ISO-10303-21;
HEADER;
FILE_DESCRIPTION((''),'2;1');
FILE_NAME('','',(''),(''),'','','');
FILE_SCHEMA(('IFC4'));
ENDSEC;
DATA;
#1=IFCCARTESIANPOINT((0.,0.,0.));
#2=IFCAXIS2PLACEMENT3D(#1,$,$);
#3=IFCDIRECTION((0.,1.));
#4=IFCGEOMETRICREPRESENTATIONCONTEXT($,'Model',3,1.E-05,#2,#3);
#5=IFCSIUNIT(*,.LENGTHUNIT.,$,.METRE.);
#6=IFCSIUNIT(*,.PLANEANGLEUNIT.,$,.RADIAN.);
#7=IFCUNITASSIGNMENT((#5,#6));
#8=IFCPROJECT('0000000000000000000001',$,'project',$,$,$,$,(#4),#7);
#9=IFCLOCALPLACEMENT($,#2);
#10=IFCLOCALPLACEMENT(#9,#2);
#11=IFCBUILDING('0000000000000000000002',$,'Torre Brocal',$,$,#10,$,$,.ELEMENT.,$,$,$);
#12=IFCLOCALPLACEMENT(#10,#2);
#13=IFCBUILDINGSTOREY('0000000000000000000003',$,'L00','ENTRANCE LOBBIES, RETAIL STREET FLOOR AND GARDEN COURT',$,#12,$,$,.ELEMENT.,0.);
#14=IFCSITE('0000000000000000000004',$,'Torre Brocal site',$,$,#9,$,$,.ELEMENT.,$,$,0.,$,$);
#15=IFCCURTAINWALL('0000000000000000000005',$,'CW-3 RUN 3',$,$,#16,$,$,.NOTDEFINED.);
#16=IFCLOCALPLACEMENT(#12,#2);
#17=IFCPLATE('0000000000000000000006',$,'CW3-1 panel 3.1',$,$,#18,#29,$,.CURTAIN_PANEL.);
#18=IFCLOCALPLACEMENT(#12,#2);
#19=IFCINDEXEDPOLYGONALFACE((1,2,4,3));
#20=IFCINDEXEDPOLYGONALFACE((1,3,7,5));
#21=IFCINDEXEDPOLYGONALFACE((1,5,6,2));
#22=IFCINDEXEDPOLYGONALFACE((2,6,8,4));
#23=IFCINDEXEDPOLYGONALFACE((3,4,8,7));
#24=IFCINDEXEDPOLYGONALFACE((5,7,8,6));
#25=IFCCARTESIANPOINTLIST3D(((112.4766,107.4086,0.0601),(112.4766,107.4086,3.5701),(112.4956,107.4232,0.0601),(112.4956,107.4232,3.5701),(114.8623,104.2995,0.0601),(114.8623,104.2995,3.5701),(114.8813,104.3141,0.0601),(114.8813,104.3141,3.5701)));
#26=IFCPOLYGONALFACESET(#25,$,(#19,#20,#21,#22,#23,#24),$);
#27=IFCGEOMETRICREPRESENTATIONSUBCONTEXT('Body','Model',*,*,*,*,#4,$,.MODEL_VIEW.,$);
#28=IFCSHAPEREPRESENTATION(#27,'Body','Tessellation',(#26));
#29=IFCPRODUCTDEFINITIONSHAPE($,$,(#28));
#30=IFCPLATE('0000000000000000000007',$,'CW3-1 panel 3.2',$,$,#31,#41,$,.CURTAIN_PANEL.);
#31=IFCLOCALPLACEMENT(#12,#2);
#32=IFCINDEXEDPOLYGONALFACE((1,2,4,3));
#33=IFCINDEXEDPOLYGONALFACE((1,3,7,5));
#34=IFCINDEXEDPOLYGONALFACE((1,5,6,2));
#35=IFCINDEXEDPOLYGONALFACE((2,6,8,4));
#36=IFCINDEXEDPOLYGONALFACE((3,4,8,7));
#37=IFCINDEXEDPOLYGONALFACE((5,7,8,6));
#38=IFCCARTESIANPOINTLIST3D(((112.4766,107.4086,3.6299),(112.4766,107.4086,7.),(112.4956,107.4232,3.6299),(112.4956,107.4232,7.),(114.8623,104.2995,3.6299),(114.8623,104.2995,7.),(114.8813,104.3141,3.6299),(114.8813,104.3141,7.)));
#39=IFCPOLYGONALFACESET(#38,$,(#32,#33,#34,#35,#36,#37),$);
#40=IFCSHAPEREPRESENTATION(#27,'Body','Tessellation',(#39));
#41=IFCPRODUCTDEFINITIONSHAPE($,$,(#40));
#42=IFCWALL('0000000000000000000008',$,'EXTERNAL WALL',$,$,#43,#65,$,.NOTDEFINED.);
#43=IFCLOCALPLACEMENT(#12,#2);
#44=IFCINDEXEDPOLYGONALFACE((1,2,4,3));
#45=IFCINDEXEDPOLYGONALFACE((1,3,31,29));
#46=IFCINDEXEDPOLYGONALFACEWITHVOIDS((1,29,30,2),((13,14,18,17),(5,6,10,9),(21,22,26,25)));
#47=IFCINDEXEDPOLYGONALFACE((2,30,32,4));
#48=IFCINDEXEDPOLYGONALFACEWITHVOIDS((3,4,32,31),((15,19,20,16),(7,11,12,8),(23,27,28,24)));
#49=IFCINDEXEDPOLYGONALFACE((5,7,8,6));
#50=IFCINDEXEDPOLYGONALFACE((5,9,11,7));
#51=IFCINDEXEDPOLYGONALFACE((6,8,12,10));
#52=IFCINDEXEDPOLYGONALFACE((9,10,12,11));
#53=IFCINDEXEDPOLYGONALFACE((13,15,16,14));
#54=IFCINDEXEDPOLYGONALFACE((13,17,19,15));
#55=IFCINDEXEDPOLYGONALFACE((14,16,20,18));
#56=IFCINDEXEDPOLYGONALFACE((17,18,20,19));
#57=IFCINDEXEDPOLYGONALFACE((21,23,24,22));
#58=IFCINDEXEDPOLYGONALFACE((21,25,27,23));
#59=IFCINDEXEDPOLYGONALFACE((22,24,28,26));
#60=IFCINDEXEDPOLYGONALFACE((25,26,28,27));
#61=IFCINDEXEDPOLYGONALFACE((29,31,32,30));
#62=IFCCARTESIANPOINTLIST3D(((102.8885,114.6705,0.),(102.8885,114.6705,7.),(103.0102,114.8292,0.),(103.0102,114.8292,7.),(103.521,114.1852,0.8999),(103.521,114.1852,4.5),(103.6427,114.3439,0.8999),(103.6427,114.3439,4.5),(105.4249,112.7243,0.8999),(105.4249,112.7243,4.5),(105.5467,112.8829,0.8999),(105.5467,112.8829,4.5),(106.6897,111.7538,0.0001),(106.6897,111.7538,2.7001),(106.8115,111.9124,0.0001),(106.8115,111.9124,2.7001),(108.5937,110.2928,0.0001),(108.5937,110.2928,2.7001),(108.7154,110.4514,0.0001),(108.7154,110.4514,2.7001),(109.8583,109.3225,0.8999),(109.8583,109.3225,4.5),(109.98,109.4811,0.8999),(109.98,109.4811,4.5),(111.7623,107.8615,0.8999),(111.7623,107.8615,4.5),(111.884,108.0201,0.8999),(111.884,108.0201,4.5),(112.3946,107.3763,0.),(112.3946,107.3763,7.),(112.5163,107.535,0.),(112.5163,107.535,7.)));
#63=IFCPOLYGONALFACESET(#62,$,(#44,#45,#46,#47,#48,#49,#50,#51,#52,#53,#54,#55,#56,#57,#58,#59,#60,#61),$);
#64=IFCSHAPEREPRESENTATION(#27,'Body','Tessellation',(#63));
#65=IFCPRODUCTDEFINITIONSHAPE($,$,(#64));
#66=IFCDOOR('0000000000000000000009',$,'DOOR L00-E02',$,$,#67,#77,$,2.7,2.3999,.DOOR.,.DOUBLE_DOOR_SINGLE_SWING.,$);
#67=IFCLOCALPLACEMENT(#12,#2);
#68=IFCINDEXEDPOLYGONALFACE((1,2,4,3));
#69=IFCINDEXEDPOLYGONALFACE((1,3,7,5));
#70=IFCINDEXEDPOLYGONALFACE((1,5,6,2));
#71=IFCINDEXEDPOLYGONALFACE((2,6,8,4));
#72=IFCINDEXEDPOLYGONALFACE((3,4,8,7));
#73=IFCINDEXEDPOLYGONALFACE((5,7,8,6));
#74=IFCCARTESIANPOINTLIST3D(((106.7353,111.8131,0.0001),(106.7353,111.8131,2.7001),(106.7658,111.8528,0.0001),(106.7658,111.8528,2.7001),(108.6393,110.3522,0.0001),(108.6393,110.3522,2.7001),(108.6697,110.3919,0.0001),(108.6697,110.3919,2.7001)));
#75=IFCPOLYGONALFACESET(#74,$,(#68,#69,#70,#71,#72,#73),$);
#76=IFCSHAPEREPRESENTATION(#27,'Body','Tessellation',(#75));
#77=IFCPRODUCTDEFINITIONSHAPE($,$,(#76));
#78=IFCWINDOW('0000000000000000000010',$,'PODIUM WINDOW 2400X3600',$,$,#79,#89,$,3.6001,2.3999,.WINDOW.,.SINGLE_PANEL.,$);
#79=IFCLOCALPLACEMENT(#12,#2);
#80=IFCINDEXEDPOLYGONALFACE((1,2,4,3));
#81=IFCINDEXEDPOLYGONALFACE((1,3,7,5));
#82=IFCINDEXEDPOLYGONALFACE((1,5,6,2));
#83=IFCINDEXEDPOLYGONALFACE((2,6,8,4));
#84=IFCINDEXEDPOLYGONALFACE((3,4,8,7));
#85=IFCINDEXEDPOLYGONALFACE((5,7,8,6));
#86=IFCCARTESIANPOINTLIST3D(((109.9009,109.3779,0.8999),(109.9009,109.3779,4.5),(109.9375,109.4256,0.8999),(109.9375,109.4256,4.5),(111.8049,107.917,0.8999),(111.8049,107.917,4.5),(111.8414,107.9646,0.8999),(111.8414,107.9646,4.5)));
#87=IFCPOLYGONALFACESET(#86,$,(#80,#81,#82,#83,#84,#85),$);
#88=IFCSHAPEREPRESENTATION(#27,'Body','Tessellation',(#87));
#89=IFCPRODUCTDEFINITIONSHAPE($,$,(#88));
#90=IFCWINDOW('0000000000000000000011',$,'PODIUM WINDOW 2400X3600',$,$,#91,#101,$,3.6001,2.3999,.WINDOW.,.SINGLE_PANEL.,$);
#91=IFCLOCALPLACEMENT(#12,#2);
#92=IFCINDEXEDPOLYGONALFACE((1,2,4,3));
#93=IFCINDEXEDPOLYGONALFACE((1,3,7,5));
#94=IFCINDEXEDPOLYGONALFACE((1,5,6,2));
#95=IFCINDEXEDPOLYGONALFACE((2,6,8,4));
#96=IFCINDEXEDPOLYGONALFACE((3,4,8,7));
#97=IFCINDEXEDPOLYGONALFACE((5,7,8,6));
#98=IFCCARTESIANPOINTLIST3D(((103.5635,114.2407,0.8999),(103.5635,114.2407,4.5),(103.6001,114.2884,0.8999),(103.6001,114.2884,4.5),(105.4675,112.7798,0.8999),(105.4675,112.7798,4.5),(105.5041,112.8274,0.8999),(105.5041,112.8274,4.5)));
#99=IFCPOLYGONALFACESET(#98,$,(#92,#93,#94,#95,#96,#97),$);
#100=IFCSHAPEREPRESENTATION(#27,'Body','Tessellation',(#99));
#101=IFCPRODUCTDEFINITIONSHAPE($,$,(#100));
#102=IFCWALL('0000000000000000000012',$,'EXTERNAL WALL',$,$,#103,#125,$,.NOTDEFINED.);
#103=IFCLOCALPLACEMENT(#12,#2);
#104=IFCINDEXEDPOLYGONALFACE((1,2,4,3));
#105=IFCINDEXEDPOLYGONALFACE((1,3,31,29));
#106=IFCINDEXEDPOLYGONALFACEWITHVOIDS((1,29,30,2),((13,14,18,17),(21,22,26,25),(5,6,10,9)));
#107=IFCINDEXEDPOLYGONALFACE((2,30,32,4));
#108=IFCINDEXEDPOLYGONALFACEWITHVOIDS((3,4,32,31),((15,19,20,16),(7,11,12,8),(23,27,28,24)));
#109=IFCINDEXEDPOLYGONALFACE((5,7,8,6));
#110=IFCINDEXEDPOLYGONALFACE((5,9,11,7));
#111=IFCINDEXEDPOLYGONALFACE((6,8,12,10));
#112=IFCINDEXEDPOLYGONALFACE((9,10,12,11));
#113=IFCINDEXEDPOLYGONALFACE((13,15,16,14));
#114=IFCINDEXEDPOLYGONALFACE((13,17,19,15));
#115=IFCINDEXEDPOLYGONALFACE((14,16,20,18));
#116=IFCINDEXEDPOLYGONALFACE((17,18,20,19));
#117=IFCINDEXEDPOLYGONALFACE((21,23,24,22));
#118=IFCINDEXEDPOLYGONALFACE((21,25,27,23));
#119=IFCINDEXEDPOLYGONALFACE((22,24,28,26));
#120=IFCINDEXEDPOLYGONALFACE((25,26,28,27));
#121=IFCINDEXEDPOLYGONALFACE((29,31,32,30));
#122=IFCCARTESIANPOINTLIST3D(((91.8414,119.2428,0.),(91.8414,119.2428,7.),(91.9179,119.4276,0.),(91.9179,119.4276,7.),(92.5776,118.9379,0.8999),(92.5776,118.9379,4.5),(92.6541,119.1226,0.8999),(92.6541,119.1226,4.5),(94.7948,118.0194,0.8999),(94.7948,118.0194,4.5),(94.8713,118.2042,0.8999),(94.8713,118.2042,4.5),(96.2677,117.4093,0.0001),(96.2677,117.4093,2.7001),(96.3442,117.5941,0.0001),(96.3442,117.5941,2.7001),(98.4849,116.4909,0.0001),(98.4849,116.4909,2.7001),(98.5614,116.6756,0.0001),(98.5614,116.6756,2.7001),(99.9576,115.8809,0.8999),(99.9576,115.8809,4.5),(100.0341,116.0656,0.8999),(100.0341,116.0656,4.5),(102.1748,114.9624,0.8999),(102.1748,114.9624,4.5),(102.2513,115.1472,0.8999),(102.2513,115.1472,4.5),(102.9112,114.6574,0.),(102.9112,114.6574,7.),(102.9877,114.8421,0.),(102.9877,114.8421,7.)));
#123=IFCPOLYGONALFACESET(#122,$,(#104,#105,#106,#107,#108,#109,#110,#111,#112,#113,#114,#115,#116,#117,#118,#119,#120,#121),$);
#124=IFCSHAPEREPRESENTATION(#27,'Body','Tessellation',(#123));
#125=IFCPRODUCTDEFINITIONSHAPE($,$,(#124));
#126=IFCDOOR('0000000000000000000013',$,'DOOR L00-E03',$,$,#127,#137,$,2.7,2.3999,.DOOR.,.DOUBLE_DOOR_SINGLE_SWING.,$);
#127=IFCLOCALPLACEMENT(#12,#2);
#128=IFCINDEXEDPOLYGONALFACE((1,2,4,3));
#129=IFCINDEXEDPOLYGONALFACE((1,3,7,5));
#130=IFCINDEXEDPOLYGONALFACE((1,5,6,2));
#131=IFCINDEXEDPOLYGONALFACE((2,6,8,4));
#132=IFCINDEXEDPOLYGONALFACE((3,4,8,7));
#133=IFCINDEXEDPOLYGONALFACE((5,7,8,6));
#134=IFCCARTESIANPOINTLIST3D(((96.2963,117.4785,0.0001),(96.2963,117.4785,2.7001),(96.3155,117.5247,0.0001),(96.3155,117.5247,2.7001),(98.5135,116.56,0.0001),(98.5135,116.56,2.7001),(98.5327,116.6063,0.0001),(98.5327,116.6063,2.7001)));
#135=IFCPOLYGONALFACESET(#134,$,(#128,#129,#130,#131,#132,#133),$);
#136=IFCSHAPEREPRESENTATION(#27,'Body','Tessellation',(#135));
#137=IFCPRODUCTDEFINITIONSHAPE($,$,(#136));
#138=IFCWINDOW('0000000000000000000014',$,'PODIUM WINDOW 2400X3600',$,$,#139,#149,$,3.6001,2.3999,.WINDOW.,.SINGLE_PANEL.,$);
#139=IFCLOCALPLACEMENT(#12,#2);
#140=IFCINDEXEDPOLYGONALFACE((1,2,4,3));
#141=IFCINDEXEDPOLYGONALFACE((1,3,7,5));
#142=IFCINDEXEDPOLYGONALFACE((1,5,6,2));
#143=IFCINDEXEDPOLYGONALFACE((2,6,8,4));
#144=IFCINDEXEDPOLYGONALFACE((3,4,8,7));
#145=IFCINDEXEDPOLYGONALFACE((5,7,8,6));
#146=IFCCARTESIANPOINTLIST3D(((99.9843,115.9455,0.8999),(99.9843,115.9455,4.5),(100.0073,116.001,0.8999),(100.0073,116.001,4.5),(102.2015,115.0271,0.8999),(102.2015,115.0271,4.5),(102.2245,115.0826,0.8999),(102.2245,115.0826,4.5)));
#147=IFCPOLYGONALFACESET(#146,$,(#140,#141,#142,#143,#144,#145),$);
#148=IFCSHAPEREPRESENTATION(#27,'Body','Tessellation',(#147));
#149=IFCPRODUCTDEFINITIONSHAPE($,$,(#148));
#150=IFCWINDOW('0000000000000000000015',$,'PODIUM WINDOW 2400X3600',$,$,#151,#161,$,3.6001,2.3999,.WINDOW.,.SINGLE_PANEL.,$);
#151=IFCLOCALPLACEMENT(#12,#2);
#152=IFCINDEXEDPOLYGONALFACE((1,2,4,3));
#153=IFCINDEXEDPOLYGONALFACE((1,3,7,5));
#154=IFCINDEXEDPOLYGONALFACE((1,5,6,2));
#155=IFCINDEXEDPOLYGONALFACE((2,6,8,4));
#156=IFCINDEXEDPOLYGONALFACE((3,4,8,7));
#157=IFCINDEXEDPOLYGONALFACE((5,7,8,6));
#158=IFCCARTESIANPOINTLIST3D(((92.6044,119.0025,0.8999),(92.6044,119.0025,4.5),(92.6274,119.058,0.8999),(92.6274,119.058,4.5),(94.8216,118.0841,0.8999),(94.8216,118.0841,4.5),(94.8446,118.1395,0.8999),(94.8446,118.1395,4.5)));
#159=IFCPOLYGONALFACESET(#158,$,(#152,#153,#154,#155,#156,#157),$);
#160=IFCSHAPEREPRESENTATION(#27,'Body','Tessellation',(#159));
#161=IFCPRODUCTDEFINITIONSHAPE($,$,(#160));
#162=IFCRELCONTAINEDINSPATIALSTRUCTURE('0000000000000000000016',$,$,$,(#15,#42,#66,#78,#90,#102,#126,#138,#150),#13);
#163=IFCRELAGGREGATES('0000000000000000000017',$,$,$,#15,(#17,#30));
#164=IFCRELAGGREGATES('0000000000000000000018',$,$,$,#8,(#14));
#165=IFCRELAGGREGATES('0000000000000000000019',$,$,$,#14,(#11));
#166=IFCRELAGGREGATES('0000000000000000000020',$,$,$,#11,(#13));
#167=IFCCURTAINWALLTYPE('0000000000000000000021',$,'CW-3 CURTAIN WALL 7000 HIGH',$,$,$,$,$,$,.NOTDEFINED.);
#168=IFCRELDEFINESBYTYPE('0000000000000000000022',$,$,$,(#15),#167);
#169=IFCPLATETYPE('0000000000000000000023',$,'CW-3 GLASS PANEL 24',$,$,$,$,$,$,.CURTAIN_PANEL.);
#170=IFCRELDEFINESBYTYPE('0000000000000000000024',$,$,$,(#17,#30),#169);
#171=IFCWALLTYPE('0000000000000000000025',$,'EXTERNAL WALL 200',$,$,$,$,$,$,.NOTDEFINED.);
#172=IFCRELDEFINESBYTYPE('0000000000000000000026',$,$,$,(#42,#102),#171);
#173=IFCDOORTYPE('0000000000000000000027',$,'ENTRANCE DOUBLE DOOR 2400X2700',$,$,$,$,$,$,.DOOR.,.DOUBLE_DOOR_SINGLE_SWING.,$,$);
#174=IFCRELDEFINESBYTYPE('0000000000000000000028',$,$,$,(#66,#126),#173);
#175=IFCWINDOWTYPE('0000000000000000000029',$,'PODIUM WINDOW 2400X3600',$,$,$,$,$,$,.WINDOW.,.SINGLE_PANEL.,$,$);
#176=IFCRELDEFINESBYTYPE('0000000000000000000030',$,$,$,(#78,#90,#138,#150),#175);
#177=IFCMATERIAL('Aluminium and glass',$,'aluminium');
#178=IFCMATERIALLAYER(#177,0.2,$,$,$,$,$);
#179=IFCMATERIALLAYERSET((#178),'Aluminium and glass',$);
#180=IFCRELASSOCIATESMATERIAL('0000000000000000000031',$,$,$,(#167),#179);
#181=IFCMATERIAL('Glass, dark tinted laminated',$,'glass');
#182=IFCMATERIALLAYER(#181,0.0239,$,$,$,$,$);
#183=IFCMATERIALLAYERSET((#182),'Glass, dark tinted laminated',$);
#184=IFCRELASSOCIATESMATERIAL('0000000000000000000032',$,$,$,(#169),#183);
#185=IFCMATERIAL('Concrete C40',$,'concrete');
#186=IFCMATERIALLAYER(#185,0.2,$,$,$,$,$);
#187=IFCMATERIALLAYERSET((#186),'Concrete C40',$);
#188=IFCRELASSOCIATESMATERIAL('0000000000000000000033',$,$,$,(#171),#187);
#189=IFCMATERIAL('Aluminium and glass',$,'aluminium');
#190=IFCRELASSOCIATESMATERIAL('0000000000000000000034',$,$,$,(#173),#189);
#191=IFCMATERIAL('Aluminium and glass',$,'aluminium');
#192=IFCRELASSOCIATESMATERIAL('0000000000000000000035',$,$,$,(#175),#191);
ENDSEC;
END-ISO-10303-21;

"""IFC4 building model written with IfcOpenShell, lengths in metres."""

from ifc_helpers import new_model, si_unit, direction, frame, frame_2d, origin, origin_2d, place, context, subcontext, project, spatial, rectangle, extrude, material, layer, layer_set, type_object, element, fill, aggregate, save


model = new_model("IFC4")

# Units and contexts
model_context = context("Model", 3, precision=1e-05, world=origin(), true_north=direction((0.0, 1.0)))
body_context = subcontext(model_context, "Body", "Model", "MODEL_VIEW")
ifc_project = project(units=[si_unit("LENGTHUNIT", "METRE"), si_unit("PLANEANGLEUNIT", "RADIAN")], contexts=[model_context])

# Site, building, storey
site_placement = place(None, origin())
site = spatial("IfcSite", under=ifc_project, at=site_placement, Name="Torre Brocal site", CompositionType="ELEMENT", RefElevation=0.0)
building_placement = place(site_placement, origin())
building = spatial("IfcBuilding", under=site, at=building_placement, Name="Torre Brocal", CompositionType="ELEMENT")
storey_placement = place(building_placement, origin())
storey = spatial("IfcBuildingStorey", under=building, at=storey_placement, Name="L00", Description="ENTRANCE LOBBIES, RETAIL STREET FLOOR AND GARDEN COURT", CompositionType="ELEMENT", Elevation=0.0)

# Curtain wall
ifc_material_1 = material(Name="Aluminium and glass", Category="aluminium")
ifc_layer_1 = layer(ifc_material_1, 0.2)
ifc_layer_set_1 = layer_set([ifc_layer_1], Name="Aluminium and glass")
curtain_wall_type = type_object("IfcCurtainWallType", Name="CW-3 CURTAIN WALL 7000 HIGH", PredefinedType="NOTDEFINED", material=ifc_layer_set_1)
curtain_wall_placement = place(storey_placement, origin())
curtain_wall = element("IfcCurtainWall", 1, at=curtain_wall_placement, inside=storey, type_object=curtain_wall_type, Name="CW-3 RUN 3", PredefinedType="NOTDEFINED")

# Plates
ifc_material_2 = material(Name="Glass, dark tinted laminated", Category="glass")
ifc_layer_2 = layer(ifc_material_2, 0.0239)
ifc_layer_set_2 = layer_set([ifc_layer_2], Name="Glass, dark tinted laminated")
plate_type = type_object("IfcPlateType", Name="CW-3 GLASS PANEL 24", PredefinedType="CURTAIN_PANEL", material=ifc_layer_set_2)
plate_1_placement = place(storey_placement, frame((113.679, 105.8613, 0.0601), z_axis=(0.0, 0.0, 1.0), x_axis=(-0.608761, 0.793353, 0.0)))
plate_1 = element("IfcPlate", 2, at=plate_1_placement, type_object=plate_type, Name="CW3-1 panel 3.1", PredefinedType="CURTAIN_PANEL", context=body_context, shape_type="SweptSolid", body=[
    extrude(rectangle(XDim=3.9189, YDim=0.0239, at=origin_2d()), origin(), (0.0, 0.0, 1.0), 3.51),
])
plate_2_placement = place(storey_placement, frame((113.679, 105.8613, 3.6299), z_axis=(0.0, 0.0, 1.0), x_axis=(-0.608761, 0.793353, 0.0)))
plate_2 = element("IfcPlate", 3, at=plate_2_placement, type_object=plate_type, Name="CW3-1 panel 3.2", PredefinedType="CURTAIN_PANEL", context=body_context, shape_type="SweptSolid", body=[
    extrude(rectangle(XDim=3.9189, YDim=0.0239, at=origin_2d()), origin(), (0.0, 0.0, 1.0), 3.3701),
])
aggregate(curtain_wall, [plate_1, plate_2])

# Walls, openings, doors, windows
ifc_material_3 = material(Name="Concrete C40", Category="concrete")
ifc_layer_3 = layer(ifc_material_3, 0.2)
ifc_layer_set_3 = layer_set([ifc_layer_3], Name="Concrete C40")
wall_type = type_object("IfcWallType", Name="EXTERNAL WALL 200", PredefinedType="NOTDEFINED", material=ifc_layer_set_3)
wall_1_placement = place(storey_placement, frame((112.4556, 107.4556, 0.0), z_axis=(0.0, 0.0, 1.0), x_axis=(-0.793357, 0.608756, 0.0)))
wall_1 = element("IfcWall", 4, at=wall_1_placement, inside=storey, type_object=wall_type, Name="EXTERNAL WALL", PredefinedType="NOTDEFINED", context=body_context, shape_type="SweptSolid", body=[
    extrude(rectangle(XDim=11.9822, YDim=0.2, at=frame_2d((5.9912, 0.0))), origin(), (0.0, 0.0, 1.0), 7.0),
])
opening_1_placement = place(wall_1_placement, frame((0.7971, 0.0, 0.8999)))
opening_1 = element("IfcOpeningElement", 5, at=opening_1_placement, cuts=wall_1, PredefinedType="OPENING", context=body_context, shape_type="SweptSolid", body=[
    extrude(rectangle(XDim=2.3999, YDim=3.6001, at=frame_2d((1.2, 1.8))), frame((0.0, 0.1099, 0.0), z_axis=(0.0, -1.0, 0.0), x_axis=(1.0, 0.0, 0.0)), (0.0, 0.0, 1.0), 0.22),
])
opening_2_placement = place(wall_1_placement, frame((4.791, 0.0, 0.0)))
opening_2 = element("IfcOpeningElement", 6, at=opening_2_placement, cuts=wall_1, PredefinedType="OPENING", context=body_context, shape_type="SweptSolid", body=[
    extrude(rectangle(XDim=2.3999, YDim=2.7, at=frame_2d((1.2, 1.3501))), frame((0.0, 0.1099, 0.0), z_axis=(0.0, -1.0, 0.0), x_axis=(1.0, 0.0, 0.0)), (0.0, 0.0, 1.0), 0.22),
])
opening_3_placement = place(wall_1_placement, frame((8.7852, 0.0, 0.8999)))
opening_3 = element("IfcOpeningElement", 7, at=opening_3_placement, cuts=wall_1, PredefinedType="OPENING", context=body_context, shape_type="SweptSolid", body=[
    extrude(rectangle(XDim=2.3999, YDim=3.6001, at=frame_2d((1.2, 1.8))), frame((0.0, 0.1099, 0.0), z_axis=(0.0, -1.0, 0.0), x_axis=(1.0, 0.0, 0.0)), (0.0, 0.0, 1.0), 0.22),
])
ifc_material_4 = material(Name="Aluminium and glass", Category="aluminium")
door_type = type_object("IfcDoorType", Name="ENTRANCE DOUBLE DOOR 2400X2700", OperationType="DOUBLE_DOOR_SINGLE_SWING", PredefinedType="DOOR", material=ifc_material_4)
door_1_placement = place(opening_2_placement, frame((2.3999, 0.0, 0.0), z_axis=(0.0, 0.0, 1.0), x_axis=(-1.0, 0.0, 0.0)))
door_1 = element("IfcDoor", 8, at=door_1_placement, inside=storey, type_object=door_type, Name="DOOR L00-E02", OperationType="DOUBLE_DOOR_SINGLE_SWING", OverallHeight=2.7, OverallWidth=2.3999, PredefinedType="DOOR", context=body_context, shape_type="SweptSolid", body=[
    extrude(rectangle(XDim=2.3999, YDim=2.7, at=frame_2d((1.2, 1.3501))), frame((0.0, 0.0249, 0.0), z_axis=(0.0, -1.0, 0.0), x_axis=(1.0, 0.0, 0.0)), (0.0, 0.0, 1.0), 0.05),
])
fill(opening_2, door_1)
ifc_material_5 = material(Name="Aluminium and glass", Category="aluminium")
window_type = type_object("IfcWindowType", Name="PODIUM WINDOW 2400X3600", PartitioningType="SINGLE_PANEL", PredefinedType="WINDOW", material=ifc_material_5)
window_1_placement = place(opening_1_placement, origin())
window_1 = element("IfcWindow", 9, at=window_1_placement, inside=storey, type_object=window_type, Name="PODIUM WINDOW 2400X3600", OverallHeight=3.6001, OverallWidth=2.3999, PartitioningType="SINGLE_PANEL", PredefinedType="WINDOW", context=body_context, shape_type="SweptSolid", body=[
    extrude(rectangle(XDim=2.3999, YDim=3.6001, at=frame_2d((1.2, 1.8))), frame((0.0, 0.03, 0.0), z_axis=(0.0, -1.0, 0.0), x_axis=(1.0, 0.0, 0.0)), (0.0, 0.0, 1.0), 0.0601),
])
fill(opening_1, window_1)
window_2_placement = place(opening_3_placement, origin())
window_2 = element("IfcWindow", 10, at=window_2_placement, inside=storey, type_object=window_type, Name="PODIUM WINDOW 2400X3600", OverallHeight=3.6001, OverallWidth=2.3999, PartitioningType="SINGLE_PANEL", PredefinedType="WINDOW", context=body_context, shape_type="SweptSolid", body=[
    extrude(rectangle(XDim=2.3999, YDim=3.6001, at=frame_2d((1.2, 1.8))), frame((0.0, 0.03, 0.0), z_axis=(0.0, -1.0, 0.0), x_axis=(1.0, 0.0, 0.0)), (0.0, 0.0, 1.0), 0.0601),
])
fill(opening_3, window_2)
wall_2_placement = place(storey_placement, frame((102.9495, 114.7498, 0.0), z_axis=(0.0, 0.0, 1.0), x_axis=(-0.923874, 0.382696, 0.0)))
wall_2 = element("IfcWall", 11, at=wall_2_placement, inside=storey, type_object=wall_type, Name="EXTERNAL WALL", PredefinedType="NOTDEFINED", context=body_context, shape_type="SweptSolid", body=[
    extrude(rectangle(XDim=11.9819, YDim=0.2, at=frame_2d((5.991, 0.0))), origin(), (0.0, 0.0, 1.0), 7.0),
])
opening_4_placement = place(wall_2_placement, frame((0.7971, 0.0, 0.8999)))
opening_4 = element("IfcOpeningElement", 12, at=opening_4_placement, cuts=wall_2, PredefinedType="OPENING", context=body_context, shape_type="SweptSolid", body=[
    extrude(rectangle(XDim=2.3999, YDim=3.6001, at=frame_2d((1.2, 1.8))), frame((0.0, 0.1099, 0.0), z_axis=(0.0, -1.0, 0.0), x_axis=(1.0, 0.0, 0.0)), (0.0, 0.0, 1.0), 0.22),
])
opening_5_placement = place(wall_2_placement, frame((4.791, 0.0, 0.0)))
opening_5 = element("IfcOpeningElement", 13, at=opening_5_placement, cuts=wall_2, PredefinedType="OPENING", context=body_context, shape_type="SweptSolid", body=[
    extrude(rectangle(XDim=2.3999, YDim=2.7, at=frame_2d((1.2, 1.3501))), frame((0.0, 0.1099, 0.0), z_axis=(0.0, -1.0, 0.0), x_axis=(1.0, 0.0, 0.0)), (0.0, 0.0, 1.0), 0.22),
])
opening_6_placement = place(wall_2_placement, frame((8.7852, 0.0, 0.8999)))
opening_6 = element("IfcOpeningElement", 14, at=opening_6_placement, cuts=wall_2, PredefinedType="OPENING", context=body_context, shape_type="SweptSolid", body=[
    extrude(rectangle(XDim=2.3999, YDim=3.6001, at=frame_2d((1.2, 1.8))), frame((0.0, 0.1099, 0.0), z_axis=(0.0, -1.0, 0.0), x_axis=(1.0, 0.0, 0.0)), (0.0, 0.0, 1.0), 0.22),
])
door_2_placement = place(opening_5_placement, frame((2.3999, 0.0, 0.0), z_axis=(0.0, 0.0, 1.0), x_axis=(-1.0, 0.0, 0.0)))
door_2 = element("IfcDoor", 15, at=door_2_placement, inside=storey, type_object=door_type, Name="DOOR L00-E03", OperationType="DOUBLE_DOOR_SINGLE_SWING", OverallHeight=2.7, OverallWidth=2.3999, PredefinedType="DOOR", context=body_context, shape_type="SweptSolid", body=[
    extrude(rectangle(XDim=2.3999, YDim=2.7, at=frame_2d((1.2, 1.3501))), frame((0.0, 0.0249, 0.0), z_axis=(0.0, -1.0, 0.0), x_axis=(1.0, 0.0, 0.0)), (0.0, 0.0, 1.0), 0.05),
])
fill(opening_5, door_2)
window_3_placement = place(opening_4_placement, origin())
window_3 = element("IfcWindow", 16, at=window_3_placement, inside=storey, type_object=window_type, Name="PODIUM WINDOW 2400X3600", OverallHeight=3.6001, OverallWidth=2.3999, PartitioningType="SINGLE_PANEL", PredefinedType="WINDOW", context=body_context, shape_type="SweptSolid", body=[
    extrude(rectangle(XDim=2.3999, YDim=3.6001, at=frame_2d((1.2, 1.8))), frame((0.0, 0.03, 0.0), z_axis=(0.0, -1.0, 0.0), x_axis=(1.0, 0.0, 0.0)), (0.0, 0.0, 1.0), 0.0601),
])
fill(opening_4, window_3)
window_4_placement = place(opening_6_placement, origin())
window_4 = element("IfcWindow", 17, at=window_4_placement, inside=storey, type_object=window_type, Name="PODIUM WINDOW 2400X3600", OverallHeight=3.6001, OverallWidth=2.3999, PartitioningType="SINGLE_PANEL", PredefinedType="WINDOW", context=body_context, shape_type="SweptSolid", body=[
    extrude(rectangle(XDim=2.3999, YDim=3.6001, at=frame_2d((1.2, 1.8))), frame((0.0, 0.03, 0.0), z_axis=(0.0, -1.0, 0.0), x_axis=(1.0, 0.0, 0.0)), (0.0, 0.0, 1.0), 0.0601),
])
fill(opening_6, window_4)

save(model, "model.ifc")
